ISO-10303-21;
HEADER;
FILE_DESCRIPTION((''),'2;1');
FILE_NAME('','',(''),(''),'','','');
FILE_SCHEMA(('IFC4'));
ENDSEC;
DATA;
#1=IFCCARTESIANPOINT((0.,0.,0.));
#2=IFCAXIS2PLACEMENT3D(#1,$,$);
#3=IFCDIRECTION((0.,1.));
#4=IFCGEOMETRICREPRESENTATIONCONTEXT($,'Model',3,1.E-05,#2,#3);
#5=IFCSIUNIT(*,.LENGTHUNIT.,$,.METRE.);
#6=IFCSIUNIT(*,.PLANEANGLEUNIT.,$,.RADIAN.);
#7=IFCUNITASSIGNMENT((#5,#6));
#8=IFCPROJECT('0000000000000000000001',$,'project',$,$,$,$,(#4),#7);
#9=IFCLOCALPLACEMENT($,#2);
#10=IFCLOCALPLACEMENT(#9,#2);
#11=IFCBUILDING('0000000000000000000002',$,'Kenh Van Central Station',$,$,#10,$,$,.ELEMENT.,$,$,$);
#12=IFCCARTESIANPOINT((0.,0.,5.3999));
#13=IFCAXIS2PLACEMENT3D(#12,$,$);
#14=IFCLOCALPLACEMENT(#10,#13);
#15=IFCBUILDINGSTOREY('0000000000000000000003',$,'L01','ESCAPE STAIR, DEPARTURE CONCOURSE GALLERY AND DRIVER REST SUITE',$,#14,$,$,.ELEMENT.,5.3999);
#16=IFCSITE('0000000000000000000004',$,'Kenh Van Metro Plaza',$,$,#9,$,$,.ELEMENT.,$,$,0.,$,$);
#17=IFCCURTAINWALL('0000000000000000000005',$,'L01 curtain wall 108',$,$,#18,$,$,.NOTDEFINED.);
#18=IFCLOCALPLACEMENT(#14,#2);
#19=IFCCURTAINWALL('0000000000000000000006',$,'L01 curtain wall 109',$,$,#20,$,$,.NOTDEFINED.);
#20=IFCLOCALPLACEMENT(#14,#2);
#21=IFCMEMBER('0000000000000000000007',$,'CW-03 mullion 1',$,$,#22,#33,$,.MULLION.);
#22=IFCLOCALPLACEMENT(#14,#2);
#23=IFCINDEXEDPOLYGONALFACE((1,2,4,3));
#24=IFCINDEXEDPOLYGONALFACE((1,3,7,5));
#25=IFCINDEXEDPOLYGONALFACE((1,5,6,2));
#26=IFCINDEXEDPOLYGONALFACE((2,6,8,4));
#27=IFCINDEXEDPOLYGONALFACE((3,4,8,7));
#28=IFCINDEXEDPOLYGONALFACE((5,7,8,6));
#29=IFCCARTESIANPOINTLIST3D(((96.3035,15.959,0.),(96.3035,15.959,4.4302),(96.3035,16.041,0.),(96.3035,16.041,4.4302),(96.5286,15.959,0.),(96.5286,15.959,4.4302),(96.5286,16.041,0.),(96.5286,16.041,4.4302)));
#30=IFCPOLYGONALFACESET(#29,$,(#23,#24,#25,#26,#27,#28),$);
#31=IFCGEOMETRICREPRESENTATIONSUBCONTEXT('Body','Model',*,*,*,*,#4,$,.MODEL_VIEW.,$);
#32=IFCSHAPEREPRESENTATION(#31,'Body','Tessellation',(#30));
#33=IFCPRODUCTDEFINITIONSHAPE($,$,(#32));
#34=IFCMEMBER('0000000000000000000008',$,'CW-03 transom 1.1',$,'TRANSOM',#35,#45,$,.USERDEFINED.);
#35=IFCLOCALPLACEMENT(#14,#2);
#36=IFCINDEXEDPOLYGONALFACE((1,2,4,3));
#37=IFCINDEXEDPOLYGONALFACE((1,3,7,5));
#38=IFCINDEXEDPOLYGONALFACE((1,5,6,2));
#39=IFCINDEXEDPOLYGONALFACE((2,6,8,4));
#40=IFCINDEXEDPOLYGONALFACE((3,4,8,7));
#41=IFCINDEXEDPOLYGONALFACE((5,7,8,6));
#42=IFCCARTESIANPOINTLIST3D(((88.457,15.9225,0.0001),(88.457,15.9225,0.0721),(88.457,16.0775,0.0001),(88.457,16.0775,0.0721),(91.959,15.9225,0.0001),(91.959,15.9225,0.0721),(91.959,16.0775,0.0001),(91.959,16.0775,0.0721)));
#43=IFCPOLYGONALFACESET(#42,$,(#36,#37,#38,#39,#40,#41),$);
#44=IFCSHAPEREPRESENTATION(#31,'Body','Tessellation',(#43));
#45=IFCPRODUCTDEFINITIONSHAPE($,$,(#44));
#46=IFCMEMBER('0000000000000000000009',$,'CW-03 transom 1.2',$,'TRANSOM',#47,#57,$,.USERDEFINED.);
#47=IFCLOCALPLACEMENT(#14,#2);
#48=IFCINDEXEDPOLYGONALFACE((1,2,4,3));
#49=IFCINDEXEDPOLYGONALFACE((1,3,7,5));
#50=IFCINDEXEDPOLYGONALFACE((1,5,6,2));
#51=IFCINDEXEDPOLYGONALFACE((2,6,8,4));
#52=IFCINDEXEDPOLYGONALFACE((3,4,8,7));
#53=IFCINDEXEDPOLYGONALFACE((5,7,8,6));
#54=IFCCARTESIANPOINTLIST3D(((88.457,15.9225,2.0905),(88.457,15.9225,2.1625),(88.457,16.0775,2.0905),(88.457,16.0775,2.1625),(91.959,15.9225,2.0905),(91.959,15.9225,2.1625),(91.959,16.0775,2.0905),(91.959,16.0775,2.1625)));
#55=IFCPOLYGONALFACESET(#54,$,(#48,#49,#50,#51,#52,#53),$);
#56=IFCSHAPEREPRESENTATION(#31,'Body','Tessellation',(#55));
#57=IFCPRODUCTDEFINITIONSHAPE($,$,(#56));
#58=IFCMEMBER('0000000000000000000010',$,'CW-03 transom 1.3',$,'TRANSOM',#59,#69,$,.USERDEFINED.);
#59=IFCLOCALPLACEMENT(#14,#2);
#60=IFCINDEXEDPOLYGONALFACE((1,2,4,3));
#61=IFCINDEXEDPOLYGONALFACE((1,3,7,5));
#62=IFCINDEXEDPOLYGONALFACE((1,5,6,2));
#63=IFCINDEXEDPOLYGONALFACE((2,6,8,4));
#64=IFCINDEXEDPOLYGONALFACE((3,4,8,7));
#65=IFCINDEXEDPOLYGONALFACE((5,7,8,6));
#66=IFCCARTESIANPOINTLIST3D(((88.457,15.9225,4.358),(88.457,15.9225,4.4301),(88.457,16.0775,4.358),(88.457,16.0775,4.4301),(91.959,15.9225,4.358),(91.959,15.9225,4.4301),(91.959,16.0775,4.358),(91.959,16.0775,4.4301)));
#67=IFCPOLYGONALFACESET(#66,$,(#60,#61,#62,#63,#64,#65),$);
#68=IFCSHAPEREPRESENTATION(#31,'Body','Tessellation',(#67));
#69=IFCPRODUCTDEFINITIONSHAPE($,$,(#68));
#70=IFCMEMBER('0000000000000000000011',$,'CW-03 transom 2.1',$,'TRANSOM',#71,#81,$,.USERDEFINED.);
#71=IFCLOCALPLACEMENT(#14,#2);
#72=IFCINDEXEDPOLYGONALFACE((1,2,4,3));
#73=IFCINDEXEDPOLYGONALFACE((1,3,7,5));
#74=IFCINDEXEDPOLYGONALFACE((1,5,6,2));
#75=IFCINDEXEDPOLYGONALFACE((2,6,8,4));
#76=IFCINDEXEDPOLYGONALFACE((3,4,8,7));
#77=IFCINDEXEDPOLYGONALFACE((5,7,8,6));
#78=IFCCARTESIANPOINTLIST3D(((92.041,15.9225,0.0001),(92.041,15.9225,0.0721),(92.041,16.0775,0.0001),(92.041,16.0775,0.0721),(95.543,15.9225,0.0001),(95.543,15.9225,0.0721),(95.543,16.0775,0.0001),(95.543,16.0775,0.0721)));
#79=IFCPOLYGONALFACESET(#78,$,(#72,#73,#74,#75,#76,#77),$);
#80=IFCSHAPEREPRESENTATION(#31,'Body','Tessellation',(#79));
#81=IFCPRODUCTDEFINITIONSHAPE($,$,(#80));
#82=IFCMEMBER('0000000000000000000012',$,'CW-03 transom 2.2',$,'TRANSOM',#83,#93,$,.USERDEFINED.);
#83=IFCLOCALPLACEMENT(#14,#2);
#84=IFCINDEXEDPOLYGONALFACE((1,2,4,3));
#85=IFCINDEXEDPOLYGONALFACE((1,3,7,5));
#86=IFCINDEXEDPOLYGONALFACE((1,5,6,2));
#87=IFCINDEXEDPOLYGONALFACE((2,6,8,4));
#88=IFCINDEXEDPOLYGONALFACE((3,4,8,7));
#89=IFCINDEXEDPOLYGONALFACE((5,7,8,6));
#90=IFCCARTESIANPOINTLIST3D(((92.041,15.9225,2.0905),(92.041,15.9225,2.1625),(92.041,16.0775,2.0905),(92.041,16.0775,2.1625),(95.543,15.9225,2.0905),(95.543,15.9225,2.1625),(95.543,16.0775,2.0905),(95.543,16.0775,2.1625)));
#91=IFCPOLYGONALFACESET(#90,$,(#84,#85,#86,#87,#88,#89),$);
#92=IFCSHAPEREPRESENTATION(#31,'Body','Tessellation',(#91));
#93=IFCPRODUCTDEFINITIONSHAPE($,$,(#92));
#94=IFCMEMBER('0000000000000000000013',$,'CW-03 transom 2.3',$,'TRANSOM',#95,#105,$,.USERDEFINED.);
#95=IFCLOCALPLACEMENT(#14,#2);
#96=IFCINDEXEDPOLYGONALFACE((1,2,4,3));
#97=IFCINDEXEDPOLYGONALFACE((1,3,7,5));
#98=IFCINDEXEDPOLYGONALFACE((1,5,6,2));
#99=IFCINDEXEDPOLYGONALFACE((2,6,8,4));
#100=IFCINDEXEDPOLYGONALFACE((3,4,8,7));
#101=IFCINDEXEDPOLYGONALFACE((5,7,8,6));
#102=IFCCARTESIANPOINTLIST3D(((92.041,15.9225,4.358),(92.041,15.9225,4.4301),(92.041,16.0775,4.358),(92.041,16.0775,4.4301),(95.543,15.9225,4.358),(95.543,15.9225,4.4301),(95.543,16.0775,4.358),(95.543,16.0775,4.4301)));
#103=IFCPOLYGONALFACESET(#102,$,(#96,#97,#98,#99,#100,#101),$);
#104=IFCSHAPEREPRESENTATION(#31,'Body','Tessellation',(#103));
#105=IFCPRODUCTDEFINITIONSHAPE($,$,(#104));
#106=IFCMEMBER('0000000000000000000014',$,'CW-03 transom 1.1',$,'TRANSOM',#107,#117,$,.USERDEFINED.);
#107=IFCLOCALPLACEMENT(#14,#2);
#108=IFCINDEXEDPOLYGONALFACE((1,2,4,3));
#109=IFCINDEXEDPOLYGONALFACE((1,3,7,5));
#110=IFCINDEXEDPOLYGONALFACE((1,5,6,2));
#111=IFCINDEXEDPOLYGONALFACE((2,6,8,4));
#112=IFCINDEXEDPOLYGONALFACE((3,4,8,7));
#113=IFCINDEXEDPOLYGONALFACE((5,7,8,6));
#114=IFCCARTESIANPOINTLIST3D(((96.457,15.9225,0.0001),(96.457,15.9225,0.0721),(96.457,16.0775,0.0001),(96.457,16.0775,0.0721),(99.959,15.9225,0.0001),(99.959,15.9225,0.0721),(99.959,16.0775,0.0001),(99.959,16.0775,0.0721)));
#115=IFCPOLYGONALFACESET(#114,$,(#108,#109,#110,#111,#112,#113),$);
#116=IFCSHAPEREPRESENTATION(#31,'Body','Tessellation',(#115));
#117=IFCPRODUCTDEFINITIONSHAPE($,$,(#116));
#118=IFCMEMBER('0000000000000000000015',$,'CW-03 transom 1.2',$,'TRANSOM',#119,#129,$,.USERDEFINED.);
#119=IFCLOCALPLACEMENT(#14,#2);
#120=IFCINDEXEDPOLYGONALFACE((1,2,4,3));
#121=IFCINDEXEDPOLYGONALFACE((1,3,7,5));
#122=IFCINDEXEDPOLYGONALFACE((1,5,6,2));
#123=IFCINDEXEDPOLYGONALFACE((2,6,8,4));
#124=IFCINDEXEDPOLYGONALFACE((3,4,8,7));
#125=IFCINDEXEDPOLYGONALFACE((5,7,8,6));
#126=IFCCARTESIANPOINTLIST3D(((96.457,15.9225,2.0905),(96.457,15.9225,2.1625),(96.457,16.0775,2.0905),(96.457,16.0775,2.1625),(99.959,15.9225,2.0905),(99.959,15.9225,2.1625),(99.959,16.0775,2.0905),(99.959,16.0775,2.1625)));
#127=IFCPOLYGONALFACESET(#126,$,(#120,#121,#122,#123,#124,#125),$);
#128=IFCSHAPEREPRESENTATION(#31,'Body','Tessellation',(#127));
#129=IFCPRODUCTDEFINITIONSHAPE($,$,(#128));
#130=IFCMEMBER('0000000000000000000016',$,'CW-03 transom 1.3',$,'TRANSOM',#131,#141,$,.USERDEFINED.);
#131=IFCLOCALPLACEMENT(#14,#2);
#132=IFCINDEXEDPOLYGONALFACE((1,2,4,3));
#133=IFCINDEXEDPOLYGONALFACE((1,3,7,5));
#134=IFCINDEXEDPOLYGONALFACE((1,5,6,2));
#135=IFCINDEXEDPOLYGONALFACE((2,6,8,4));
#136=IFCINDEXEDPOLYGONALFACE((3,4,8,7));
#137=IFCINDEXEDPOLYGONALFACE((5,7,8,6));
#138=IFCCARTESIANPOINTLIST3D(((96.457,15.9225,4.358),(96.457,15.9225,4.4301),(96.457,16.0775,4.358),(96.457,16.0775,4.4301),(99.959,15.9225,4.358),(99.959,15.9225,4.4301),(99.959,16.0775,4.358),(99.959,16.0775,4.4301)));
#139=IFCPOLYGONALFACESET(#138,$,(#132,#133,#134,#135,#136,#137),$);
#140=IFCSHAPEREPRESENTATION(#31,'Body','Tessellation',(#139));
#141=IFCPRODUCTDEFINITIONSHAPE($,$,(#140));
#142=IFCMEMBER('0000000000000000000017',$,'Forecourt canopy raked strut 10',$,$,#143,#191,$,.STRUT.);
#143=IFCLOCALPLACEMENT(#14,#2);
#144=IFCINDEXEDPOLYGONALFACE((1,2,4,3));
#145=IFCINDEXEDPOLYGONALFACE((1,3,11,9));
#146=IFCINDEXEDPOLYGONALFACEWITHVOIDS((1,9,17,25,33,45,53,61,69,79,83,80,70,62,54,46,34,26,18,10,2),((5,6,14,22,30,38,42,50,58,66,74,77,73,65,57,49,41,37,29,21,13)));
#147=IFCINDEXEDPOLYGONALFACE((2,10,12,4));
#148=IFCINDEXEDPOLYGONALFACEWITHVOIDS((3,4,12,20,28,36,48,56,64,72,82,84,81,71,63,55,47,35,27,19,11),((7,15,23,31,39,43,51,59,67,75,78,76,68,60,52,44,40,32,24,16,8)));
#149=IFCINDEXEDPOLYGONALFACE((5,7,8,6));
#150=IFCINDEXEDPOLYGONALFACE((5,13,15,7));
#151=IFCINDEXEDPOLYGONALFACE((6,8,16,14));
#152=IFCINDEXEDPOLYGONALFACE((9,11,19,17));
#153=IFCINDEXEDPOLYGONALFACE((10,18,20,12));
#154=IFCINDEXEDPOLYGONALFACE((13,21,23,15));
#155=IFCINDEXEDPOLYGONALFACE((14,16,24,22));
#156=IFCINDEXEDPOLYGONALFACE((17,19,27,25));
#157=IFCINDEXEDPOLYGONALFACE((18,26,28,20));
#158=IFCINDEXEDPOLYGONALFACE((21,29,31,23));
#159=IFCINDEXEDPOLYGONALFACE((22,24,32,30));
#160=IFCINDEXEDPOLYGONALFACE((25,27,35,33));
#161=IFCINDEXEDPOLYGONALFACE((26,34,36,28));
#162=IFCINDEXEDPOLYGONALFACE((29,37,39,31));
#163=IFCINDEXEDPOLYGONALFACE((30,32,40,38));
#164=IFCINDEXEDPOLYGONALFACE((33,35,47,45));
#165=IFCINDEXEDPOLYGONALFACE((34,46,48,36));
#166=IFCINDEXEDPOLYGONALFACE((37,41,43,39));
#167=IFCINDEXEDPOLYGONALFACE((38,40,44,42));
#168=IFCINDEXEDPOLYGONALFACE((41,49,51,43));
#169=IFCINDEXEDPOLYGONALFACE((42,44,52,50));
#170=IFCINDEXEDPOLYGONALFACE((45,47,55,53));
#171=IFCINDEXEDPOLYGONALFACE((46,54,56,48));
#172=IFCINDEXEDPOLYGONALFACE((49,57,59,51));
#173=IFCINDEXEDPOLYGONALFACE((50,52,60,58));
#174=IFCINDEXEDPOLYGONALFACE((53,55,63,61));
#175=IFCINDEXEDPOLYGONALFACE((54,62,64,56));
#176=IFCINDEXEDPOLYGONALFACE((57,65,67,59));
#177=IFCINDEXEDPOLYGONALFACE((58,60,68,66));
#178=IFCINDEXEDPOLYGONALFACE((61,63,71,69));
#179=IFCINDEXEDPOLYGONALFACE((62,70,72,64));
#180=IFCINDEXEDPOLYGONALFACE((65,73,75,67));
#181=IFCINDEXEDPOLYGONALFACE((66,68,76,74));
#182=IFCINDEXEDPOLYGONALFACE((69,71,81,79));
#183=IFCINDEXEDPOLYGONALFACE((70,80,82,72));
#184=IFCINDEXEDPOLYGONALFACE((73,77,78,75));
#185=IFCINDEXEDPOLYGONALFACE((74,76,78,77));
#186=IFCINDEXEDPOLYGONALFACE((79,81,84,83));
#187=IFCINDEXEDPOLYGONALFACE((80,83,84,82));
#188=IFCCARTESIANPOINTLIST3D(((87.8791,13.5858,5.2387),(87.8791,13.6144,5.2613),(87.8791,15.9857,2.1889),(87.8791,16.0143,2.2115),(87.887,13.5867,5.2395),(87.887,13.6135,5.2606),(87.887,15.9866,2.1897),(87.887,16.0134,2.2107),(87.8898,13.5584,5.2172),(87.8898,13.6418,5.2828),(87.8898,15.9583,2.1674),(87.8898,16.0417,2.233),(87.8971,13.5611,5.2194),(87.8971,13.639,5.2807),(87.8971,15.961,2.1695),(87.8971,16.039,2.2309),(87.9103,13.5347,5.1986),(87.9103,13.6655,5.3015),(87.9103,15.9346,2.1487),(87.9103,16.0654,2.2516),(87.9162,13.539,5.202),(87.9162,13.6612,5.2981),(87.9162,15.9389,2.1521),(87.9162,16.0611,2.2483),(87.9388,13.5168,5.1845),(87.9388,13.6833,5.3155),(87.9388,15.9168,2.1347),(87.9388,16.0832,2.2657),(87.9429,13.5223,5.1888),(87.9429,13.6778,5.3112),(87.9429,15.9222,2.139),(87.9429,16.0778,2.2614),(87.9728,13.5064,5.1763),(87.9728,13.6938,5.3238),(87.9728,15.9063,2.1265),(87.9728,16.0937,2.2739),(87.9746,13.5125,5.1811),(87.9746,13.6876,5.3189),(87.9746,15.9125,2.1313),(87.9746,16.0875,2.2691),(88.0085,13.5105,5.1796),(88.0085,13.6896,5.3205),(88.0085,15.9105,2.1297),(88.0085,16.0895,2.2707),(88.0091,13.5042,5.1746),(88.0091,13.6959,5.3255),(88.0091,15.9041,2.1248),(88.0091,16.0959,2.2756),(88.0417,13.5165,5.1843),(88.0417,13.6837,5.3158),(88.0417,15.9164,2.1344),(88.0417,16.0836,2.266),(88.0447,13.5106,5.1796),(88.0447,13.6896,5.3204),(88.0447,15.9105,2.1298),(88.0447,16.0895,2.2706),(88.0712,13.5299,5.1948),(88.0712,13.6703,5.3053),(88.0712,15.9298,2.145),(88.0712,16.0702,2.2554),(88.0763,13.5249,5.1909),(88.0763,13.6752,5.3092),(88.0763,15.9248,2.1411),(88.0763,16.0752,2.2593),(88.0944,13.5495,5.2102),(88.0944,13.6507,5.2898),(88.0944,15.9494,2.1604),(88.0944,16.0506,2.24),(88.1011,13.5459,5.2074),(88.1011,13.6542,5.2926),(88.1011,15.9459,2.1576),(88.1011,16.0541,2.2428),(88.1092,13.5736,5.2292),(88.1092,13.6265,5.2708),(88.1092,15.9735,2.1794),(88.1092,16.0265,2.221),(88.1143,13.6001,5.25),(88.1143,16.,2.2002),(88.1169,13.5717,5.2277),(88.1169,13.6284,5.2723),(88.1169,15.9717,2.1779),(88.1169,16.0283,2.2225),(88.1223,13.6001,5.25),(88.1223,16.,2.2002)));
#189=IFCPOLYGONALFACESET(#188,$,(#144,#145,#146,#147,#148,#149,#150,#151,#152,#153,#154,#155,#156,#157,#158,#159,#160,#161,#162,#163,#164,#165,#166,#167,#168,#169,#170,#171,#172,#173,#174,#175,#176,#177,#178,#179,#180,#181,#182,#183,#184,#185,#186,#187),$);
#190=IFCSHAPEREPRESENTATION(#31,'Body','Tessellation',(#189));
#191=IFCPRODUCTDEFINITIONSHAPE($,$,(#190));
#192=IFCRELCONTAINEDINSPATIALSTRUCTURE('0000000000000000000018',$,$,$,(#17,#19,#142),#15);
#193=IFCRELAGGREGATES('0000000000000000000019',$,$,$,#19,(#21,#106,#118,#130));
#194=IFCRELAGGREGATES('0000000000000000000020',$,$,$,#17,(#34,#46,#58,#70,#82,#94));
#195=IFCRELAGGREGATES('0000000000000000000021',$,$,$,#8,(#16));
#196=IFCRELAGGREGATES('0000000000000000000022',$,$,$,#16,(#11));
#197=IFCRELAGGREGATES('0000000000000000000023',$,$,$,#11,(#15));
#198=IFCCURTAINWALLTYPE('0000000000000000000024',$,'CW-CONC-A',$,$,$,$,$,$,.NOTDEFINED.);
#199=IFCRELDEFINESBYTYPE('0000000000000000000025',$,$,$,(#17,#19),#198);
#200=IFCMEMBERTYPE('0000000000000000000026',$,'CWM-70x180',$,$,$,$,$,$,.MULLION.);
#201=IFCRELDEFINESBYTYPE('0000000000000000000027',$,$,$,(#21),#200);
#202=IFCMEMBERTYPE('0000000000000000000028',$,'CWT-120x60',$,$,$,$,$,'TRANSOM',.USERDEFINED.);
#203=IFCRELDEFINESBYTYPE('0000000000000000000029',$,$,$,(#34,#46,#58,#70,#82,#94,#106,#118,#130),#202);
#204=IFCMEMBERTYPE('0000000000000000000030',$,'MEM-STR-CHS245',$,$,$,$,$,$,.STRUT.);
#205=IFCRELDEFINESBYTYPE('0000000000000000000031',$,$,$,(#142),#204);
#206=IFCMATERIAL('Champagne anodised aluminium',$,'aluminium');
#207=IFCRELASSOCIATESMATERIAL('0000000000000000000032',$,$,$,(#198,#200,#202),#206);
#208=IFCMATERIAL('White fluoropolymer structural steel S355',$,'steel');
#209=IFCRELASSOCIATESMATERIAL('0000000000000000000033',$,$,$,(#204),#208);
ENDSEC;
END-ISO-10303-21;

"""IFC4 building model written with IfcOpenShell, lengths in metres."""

from ifc_helpers import new_model, si_unit, direction, frame, origin, origin_2d, place, context, subcontext, project, spatial, rectangle, hollow_circle, extrude, material, material_profile, profile_set, type_object, element, aggregate, save


model = new_model("IFC4")

# Units and contexts
model_context = context("Model", 3, precision=1e-05, world=origin(), true_north=direction((0.0, 1.0)))
body_context = subcontext(model_context, "Body", "Model", "MODEL_VIEW")
ifc_project = project(units=[si_unit("LENGTHUNIT", "METRE"), si_unit("PLANEANGLEUNIT", "RADIAN")], contexts=[model_context])

# Site, building, storey
site_placement = place(None, origin())
site = spatial("IfcSite", under=ifc_project, at=site_placement, Name="Kenh Van Metro Plaza", CompositionType="ELEMENT", RefElevation=0.0)
building_placement = place(site_placement, origin())
building = spatial("IfcBuilding", under=site, at=building_placement, Name="Kenh Van Central Station", CompositionType="ELEMENT")
storey_placement = place(building_placement, frame((0.0, 0.0, 5.3999)))
storey = spatial("IfcBuildingStorey", under=building, at=storey_placement, Name="L01", Description="ESCAPE STAIR, DEPARTURE CONCOURSE GALLERY AND DRIVER REST SUITE", CompositionType="ELEMENT", Elevation=5.3999)

# Curtain wall
ifc_material_1 = material(Name="Champagne anodised aluminium", Category="aluminium")
curtain_wall_type = type_object("IfcCurtainWallType", Name="CW-CONC-A", PredefinedType="NOTDEFINED", material=ifc_material_1)
curtain_wall_1_placement = place(storey_placement, origin())
curtain_wall_1 = element("IfcCurtainWall", 1, at=curtain_wall_1_placement, inside=storey, type_object=curtain_wall_type, Name="L01 curtain wall 108", PredefinedType="NOTDEFINED")
ifc_material_profile_1 = material_profile(ifc_material_1, rectangle(XDim=0.082, YDim=0.2251, at=origin_2d()), Name="AL 82x225")
ifc_profile_set_1 = profile_set([ifc_material_profile_1], Name="Champagne anodised aluminium")
member_type_1 = type_object("IfcMemberType", Name="CWM-70x180", PredefinedType="MULLION", material=ifc_profile_set_1)

# Curtain wall, member
curtain_wall_2_placement = place(storey_placement, origin())
curtain_wall_2 = element("IfcCurtainWall", 2, at=curtain_wall_2_placement, inside=storey, type_object=curtain_wall_type, Name="L01 curtain wall 109", PredefinedType="NOTDEFINED")
member_1_placement = place(storey_placement, frame((96.416, 16.0, 0.0), z_axis=(0.0, 0.0, 1.0), x_axis=(0.0, 1.0, 0.0)))
member_1 = element("IfcMember", 3, at=member_1_placement, type_object=member_type_1, Name="CW-03 mullion 1", PredefinedType="MULLION", context=body_context, shape_type="SweptSolid", body=[
    extrude(rectangle(XDim=0.082, YDim=0.2251, at=origin_2d()), origin(), (0.0, 0.0, 1.0), 4.4302),
])

# Members
ifc_material_profile_2 = material_profile(ifc_material_1, rectangle(XDim=0.155, YDim=0.072, at=origin_2d()), Name="AL 155x72")
ifc_profile_set_2 = profile_set([ifc_material_profile_2], Name="Champagne anodised aluminium")
member_type_2 = type_object("IfcMemberType", Name="CWT-120x60", ElementType="TRANSOM", PredefinedType="USERDEFINED", material=ifc_profile_set_2)
member_2_placement = place(storey_placement, frame((88.457, 16.0, 0.0361), z_axis=(1.0, 0.0, 0.0), x_axis=(0.0, 1.0, 0.0)))
member_2 = element("IfcMember", 4, at=member_2_placement, type_object=member_type_2, Name="CW-03 transom 1.1", ObjectType="TRANSOM", PredefinedType="USERDEFINED", context=body_context, shape_type="SweptSolid", body=[
    extrude(rectangle(XDim=0.155, YDim=0.072, at=origin_2d()), origin(), (0.0, 0.0, 1.0), 3.502),
])
member_3_placement = place(storey_placement, frame((88.457, 16.0, 2.1265), z_axis=(1.0, 0.0, 0.0), x_axis=(0.0, 1.0, 0.0)))
member_3 = element("IfcMember", 5, at=member_3_placement, type_object=member_type_2, Name="CW-03 transom 1.2", ObjectType="TRANSOM", PredefinedType="USERDEFINED", context=body_context, shape_type="SweptSolid", body=[
    extrude(rectangle(XDim=0.155, YDim=0.072, at=origin_2d()), origin(), (0.0, 0.0, 1.0), 3.502),
])
member_4_placement = place(storey_placement, frame((88.457, 16.0, 4.394), z_axis=(1.0, 0.0, 0.0), x_axis=(0.0, 1.0, 0.0)))
member_4 = element("IfcMember", 6, at=member_4_placement, type_object=member_type_2, Name="CW-03 transom 1.3", ObjectType="TRANSOM", PredefinedType="USERDEFINED", context=body_context, shape_type="SweptSolid", body=[
    extrude(rectangle(XDim=0.155, YDim=0.072, at=origin_2d()), origin(), (0.0, 0.0, 1.0), 3.502),
])
member_5_placement = place(storey_placement, frame((92.041, 16.0, 0.0361), z_axis=(1.0, 0.0, 0.0), x_axis=(0.0, 1.0, 0.0)))
member_5 = element("IfcMember", 7, at=member_5_placement, type_object=member_type_2, Name="CW-03 transom 2.1", ObjectType="TRANSOM", PredefinedType="USERDEFINED", context=body_context, shape_type="SweptSolid", body=[
    extrude(rectangle(XDim=0.155, YDim=0.072, at=origin_2d()), origin(), (0.0, 0.0, 1.0), 3.502),
])
member_6_placement = place(storey_placement, frame((92.041, 16.0, 2.1265), z_axis=(1.0, 0.0, 0.0), x_axis=(0.0, 1.0, 0.0)))
member_6 = element("IfcMember", 8, at=member_6_placement, type_object=member_type_2, Name="CW-03 transom 2.2", ObjectType="TRANSOM", PredefinedType="USERDEFINED", context=body_context, shape_type="SweptSolid", body=[
    extrude(rectangle(XDim=0.155, YDim=0.072, at=origin_2d()), origin(), (0.0, 0.0, 1.0), 3.502),
])
member_7_placement = place(storey_placement, frame((92.041, 16.0, 4.394), z_axis=(1.0, 0.0, 0.0), x_axis=(0.0, 1.0, 0.0)))
member_7 = element("IfcMember", 9, at=member_7_placement, type_object=member_type_2, Name="CW-03 transom 2.3", ObjectType="TRANSOM", PredefinedType="USERDEFINED", context=body_context, shape_type="SweptSolid", body=[
    extrude(rectangle(XDim=0.155, YDim=0.072, at=origin_2d()), origin(), (0.0, 0.0, 1.0), 3.502),
])
member_8_placement = place(storey_placement, frame((96.457, 16.0, 0.0361), z_axis=(1.0, 0.0, 0.0), x_axis=(0.0, 1.0, 0.0)))
member_8 = element("IfcMember", 10, at=member_8_placement, type_object=member_type_2, Name="CW-03 transom 1.1", ObjectType="TRANSOM", PredefinedType="USERDEFINED", context=body_context, shape_type="SweptSolid", body=[
    extrude(rectangle(XDim=0.155, YDim=0.072, at=origin_2d()), origin(), (0.0, 0.0, 1.0), 3.502),
])
member_9_placement = place(storey_placement, frame((96.457, 16.0, 2.1265), z_axis=(1.0, 0.0, 0.0), x_axis=(0.0, 1.0, 0.0)))
member_9 = element("IfcMember", 11, at=member_9_placement, type_object=member_type_2, Name="CW-03 transom 1.2", ObjectType="TRANSOM", PredefinedType="USERDEFINED", context=body_context, shape_type="SweptSolid", body=[
    extrude(rectangle(XDim=0.155, YDim=0.072, at=origin_2d()), origin(), (0.0, 0.0, 1.0), 3.502),
])
member_10_placement = place(storey_placement, frame((96.457, 16.0, 4.394), z_axis=(1.0, 0.0, 0.0), x_axis=(0.0, 1.0, 0.0)))
member_10 = element("IfcMember", 12, at=member_10_placement, type_object=member_type_2, Name="CW-03 transom 1.3", ObjectType="TRANSOM", PredefinedType="USERDEFINED", context=body_context, shape_type="SweptSolid", body=[
    extrude(rectangle(XDim=0.155, YDim=0.072, at=origin_2d()), origin(), (0.0, 0.0, 1.0), 3.502),
])
aggregate(curtain_wall_2, [member_1, member_8, member_9, member_10])

# Member
ifc_material_2 = material(Name="White fluoropolymer structural steel S355", Category="steel")
ifc_material_profile_3 = material_profile(ifc_material_2, hollow_circle(Radius=0.1223, WallThickness=0.0081, at=origin_2d()), Name="CHS 244.5x8")
ifc_profile_set_3 = profile_set([ifc_material_profile_3], Name="White fluoropolymer structural steel S355")
member_type_3 = type_object("IfcMemberType", Name="MEM-STR-CHS245", PredefinedType="STRUT", material=ifc_profile_set_3)
for number, where, z_axis, x_axis, name in (
    (13, (88.0, 16.0, 2.2002), (0.0, -0.618399, 0.785864), (1.0, 0.0, 0.0), "Forecourt canopy raked strut 10"),
):
    element("IfcMember", number, at=place(storey_placement, frame(where, z_axis=z_axis, x_axis=x_axis)), inside=storey, type_object=member_type_3, Name=name, PredefinedType="STRUT", context=body_context, shape_type="SweptSolid", body=[
        extrude(hollow_circle(Radius=0.1223, WallThickness=0.0081, at=origin_2d()), origin(), (0.0, 0.0, 1.0), 3.8809),
    ])

aggregate(curtain_wall_1, [member_2, member_3, member_4, member_5, member_6, member_7])

save(model, "model.ifc")
